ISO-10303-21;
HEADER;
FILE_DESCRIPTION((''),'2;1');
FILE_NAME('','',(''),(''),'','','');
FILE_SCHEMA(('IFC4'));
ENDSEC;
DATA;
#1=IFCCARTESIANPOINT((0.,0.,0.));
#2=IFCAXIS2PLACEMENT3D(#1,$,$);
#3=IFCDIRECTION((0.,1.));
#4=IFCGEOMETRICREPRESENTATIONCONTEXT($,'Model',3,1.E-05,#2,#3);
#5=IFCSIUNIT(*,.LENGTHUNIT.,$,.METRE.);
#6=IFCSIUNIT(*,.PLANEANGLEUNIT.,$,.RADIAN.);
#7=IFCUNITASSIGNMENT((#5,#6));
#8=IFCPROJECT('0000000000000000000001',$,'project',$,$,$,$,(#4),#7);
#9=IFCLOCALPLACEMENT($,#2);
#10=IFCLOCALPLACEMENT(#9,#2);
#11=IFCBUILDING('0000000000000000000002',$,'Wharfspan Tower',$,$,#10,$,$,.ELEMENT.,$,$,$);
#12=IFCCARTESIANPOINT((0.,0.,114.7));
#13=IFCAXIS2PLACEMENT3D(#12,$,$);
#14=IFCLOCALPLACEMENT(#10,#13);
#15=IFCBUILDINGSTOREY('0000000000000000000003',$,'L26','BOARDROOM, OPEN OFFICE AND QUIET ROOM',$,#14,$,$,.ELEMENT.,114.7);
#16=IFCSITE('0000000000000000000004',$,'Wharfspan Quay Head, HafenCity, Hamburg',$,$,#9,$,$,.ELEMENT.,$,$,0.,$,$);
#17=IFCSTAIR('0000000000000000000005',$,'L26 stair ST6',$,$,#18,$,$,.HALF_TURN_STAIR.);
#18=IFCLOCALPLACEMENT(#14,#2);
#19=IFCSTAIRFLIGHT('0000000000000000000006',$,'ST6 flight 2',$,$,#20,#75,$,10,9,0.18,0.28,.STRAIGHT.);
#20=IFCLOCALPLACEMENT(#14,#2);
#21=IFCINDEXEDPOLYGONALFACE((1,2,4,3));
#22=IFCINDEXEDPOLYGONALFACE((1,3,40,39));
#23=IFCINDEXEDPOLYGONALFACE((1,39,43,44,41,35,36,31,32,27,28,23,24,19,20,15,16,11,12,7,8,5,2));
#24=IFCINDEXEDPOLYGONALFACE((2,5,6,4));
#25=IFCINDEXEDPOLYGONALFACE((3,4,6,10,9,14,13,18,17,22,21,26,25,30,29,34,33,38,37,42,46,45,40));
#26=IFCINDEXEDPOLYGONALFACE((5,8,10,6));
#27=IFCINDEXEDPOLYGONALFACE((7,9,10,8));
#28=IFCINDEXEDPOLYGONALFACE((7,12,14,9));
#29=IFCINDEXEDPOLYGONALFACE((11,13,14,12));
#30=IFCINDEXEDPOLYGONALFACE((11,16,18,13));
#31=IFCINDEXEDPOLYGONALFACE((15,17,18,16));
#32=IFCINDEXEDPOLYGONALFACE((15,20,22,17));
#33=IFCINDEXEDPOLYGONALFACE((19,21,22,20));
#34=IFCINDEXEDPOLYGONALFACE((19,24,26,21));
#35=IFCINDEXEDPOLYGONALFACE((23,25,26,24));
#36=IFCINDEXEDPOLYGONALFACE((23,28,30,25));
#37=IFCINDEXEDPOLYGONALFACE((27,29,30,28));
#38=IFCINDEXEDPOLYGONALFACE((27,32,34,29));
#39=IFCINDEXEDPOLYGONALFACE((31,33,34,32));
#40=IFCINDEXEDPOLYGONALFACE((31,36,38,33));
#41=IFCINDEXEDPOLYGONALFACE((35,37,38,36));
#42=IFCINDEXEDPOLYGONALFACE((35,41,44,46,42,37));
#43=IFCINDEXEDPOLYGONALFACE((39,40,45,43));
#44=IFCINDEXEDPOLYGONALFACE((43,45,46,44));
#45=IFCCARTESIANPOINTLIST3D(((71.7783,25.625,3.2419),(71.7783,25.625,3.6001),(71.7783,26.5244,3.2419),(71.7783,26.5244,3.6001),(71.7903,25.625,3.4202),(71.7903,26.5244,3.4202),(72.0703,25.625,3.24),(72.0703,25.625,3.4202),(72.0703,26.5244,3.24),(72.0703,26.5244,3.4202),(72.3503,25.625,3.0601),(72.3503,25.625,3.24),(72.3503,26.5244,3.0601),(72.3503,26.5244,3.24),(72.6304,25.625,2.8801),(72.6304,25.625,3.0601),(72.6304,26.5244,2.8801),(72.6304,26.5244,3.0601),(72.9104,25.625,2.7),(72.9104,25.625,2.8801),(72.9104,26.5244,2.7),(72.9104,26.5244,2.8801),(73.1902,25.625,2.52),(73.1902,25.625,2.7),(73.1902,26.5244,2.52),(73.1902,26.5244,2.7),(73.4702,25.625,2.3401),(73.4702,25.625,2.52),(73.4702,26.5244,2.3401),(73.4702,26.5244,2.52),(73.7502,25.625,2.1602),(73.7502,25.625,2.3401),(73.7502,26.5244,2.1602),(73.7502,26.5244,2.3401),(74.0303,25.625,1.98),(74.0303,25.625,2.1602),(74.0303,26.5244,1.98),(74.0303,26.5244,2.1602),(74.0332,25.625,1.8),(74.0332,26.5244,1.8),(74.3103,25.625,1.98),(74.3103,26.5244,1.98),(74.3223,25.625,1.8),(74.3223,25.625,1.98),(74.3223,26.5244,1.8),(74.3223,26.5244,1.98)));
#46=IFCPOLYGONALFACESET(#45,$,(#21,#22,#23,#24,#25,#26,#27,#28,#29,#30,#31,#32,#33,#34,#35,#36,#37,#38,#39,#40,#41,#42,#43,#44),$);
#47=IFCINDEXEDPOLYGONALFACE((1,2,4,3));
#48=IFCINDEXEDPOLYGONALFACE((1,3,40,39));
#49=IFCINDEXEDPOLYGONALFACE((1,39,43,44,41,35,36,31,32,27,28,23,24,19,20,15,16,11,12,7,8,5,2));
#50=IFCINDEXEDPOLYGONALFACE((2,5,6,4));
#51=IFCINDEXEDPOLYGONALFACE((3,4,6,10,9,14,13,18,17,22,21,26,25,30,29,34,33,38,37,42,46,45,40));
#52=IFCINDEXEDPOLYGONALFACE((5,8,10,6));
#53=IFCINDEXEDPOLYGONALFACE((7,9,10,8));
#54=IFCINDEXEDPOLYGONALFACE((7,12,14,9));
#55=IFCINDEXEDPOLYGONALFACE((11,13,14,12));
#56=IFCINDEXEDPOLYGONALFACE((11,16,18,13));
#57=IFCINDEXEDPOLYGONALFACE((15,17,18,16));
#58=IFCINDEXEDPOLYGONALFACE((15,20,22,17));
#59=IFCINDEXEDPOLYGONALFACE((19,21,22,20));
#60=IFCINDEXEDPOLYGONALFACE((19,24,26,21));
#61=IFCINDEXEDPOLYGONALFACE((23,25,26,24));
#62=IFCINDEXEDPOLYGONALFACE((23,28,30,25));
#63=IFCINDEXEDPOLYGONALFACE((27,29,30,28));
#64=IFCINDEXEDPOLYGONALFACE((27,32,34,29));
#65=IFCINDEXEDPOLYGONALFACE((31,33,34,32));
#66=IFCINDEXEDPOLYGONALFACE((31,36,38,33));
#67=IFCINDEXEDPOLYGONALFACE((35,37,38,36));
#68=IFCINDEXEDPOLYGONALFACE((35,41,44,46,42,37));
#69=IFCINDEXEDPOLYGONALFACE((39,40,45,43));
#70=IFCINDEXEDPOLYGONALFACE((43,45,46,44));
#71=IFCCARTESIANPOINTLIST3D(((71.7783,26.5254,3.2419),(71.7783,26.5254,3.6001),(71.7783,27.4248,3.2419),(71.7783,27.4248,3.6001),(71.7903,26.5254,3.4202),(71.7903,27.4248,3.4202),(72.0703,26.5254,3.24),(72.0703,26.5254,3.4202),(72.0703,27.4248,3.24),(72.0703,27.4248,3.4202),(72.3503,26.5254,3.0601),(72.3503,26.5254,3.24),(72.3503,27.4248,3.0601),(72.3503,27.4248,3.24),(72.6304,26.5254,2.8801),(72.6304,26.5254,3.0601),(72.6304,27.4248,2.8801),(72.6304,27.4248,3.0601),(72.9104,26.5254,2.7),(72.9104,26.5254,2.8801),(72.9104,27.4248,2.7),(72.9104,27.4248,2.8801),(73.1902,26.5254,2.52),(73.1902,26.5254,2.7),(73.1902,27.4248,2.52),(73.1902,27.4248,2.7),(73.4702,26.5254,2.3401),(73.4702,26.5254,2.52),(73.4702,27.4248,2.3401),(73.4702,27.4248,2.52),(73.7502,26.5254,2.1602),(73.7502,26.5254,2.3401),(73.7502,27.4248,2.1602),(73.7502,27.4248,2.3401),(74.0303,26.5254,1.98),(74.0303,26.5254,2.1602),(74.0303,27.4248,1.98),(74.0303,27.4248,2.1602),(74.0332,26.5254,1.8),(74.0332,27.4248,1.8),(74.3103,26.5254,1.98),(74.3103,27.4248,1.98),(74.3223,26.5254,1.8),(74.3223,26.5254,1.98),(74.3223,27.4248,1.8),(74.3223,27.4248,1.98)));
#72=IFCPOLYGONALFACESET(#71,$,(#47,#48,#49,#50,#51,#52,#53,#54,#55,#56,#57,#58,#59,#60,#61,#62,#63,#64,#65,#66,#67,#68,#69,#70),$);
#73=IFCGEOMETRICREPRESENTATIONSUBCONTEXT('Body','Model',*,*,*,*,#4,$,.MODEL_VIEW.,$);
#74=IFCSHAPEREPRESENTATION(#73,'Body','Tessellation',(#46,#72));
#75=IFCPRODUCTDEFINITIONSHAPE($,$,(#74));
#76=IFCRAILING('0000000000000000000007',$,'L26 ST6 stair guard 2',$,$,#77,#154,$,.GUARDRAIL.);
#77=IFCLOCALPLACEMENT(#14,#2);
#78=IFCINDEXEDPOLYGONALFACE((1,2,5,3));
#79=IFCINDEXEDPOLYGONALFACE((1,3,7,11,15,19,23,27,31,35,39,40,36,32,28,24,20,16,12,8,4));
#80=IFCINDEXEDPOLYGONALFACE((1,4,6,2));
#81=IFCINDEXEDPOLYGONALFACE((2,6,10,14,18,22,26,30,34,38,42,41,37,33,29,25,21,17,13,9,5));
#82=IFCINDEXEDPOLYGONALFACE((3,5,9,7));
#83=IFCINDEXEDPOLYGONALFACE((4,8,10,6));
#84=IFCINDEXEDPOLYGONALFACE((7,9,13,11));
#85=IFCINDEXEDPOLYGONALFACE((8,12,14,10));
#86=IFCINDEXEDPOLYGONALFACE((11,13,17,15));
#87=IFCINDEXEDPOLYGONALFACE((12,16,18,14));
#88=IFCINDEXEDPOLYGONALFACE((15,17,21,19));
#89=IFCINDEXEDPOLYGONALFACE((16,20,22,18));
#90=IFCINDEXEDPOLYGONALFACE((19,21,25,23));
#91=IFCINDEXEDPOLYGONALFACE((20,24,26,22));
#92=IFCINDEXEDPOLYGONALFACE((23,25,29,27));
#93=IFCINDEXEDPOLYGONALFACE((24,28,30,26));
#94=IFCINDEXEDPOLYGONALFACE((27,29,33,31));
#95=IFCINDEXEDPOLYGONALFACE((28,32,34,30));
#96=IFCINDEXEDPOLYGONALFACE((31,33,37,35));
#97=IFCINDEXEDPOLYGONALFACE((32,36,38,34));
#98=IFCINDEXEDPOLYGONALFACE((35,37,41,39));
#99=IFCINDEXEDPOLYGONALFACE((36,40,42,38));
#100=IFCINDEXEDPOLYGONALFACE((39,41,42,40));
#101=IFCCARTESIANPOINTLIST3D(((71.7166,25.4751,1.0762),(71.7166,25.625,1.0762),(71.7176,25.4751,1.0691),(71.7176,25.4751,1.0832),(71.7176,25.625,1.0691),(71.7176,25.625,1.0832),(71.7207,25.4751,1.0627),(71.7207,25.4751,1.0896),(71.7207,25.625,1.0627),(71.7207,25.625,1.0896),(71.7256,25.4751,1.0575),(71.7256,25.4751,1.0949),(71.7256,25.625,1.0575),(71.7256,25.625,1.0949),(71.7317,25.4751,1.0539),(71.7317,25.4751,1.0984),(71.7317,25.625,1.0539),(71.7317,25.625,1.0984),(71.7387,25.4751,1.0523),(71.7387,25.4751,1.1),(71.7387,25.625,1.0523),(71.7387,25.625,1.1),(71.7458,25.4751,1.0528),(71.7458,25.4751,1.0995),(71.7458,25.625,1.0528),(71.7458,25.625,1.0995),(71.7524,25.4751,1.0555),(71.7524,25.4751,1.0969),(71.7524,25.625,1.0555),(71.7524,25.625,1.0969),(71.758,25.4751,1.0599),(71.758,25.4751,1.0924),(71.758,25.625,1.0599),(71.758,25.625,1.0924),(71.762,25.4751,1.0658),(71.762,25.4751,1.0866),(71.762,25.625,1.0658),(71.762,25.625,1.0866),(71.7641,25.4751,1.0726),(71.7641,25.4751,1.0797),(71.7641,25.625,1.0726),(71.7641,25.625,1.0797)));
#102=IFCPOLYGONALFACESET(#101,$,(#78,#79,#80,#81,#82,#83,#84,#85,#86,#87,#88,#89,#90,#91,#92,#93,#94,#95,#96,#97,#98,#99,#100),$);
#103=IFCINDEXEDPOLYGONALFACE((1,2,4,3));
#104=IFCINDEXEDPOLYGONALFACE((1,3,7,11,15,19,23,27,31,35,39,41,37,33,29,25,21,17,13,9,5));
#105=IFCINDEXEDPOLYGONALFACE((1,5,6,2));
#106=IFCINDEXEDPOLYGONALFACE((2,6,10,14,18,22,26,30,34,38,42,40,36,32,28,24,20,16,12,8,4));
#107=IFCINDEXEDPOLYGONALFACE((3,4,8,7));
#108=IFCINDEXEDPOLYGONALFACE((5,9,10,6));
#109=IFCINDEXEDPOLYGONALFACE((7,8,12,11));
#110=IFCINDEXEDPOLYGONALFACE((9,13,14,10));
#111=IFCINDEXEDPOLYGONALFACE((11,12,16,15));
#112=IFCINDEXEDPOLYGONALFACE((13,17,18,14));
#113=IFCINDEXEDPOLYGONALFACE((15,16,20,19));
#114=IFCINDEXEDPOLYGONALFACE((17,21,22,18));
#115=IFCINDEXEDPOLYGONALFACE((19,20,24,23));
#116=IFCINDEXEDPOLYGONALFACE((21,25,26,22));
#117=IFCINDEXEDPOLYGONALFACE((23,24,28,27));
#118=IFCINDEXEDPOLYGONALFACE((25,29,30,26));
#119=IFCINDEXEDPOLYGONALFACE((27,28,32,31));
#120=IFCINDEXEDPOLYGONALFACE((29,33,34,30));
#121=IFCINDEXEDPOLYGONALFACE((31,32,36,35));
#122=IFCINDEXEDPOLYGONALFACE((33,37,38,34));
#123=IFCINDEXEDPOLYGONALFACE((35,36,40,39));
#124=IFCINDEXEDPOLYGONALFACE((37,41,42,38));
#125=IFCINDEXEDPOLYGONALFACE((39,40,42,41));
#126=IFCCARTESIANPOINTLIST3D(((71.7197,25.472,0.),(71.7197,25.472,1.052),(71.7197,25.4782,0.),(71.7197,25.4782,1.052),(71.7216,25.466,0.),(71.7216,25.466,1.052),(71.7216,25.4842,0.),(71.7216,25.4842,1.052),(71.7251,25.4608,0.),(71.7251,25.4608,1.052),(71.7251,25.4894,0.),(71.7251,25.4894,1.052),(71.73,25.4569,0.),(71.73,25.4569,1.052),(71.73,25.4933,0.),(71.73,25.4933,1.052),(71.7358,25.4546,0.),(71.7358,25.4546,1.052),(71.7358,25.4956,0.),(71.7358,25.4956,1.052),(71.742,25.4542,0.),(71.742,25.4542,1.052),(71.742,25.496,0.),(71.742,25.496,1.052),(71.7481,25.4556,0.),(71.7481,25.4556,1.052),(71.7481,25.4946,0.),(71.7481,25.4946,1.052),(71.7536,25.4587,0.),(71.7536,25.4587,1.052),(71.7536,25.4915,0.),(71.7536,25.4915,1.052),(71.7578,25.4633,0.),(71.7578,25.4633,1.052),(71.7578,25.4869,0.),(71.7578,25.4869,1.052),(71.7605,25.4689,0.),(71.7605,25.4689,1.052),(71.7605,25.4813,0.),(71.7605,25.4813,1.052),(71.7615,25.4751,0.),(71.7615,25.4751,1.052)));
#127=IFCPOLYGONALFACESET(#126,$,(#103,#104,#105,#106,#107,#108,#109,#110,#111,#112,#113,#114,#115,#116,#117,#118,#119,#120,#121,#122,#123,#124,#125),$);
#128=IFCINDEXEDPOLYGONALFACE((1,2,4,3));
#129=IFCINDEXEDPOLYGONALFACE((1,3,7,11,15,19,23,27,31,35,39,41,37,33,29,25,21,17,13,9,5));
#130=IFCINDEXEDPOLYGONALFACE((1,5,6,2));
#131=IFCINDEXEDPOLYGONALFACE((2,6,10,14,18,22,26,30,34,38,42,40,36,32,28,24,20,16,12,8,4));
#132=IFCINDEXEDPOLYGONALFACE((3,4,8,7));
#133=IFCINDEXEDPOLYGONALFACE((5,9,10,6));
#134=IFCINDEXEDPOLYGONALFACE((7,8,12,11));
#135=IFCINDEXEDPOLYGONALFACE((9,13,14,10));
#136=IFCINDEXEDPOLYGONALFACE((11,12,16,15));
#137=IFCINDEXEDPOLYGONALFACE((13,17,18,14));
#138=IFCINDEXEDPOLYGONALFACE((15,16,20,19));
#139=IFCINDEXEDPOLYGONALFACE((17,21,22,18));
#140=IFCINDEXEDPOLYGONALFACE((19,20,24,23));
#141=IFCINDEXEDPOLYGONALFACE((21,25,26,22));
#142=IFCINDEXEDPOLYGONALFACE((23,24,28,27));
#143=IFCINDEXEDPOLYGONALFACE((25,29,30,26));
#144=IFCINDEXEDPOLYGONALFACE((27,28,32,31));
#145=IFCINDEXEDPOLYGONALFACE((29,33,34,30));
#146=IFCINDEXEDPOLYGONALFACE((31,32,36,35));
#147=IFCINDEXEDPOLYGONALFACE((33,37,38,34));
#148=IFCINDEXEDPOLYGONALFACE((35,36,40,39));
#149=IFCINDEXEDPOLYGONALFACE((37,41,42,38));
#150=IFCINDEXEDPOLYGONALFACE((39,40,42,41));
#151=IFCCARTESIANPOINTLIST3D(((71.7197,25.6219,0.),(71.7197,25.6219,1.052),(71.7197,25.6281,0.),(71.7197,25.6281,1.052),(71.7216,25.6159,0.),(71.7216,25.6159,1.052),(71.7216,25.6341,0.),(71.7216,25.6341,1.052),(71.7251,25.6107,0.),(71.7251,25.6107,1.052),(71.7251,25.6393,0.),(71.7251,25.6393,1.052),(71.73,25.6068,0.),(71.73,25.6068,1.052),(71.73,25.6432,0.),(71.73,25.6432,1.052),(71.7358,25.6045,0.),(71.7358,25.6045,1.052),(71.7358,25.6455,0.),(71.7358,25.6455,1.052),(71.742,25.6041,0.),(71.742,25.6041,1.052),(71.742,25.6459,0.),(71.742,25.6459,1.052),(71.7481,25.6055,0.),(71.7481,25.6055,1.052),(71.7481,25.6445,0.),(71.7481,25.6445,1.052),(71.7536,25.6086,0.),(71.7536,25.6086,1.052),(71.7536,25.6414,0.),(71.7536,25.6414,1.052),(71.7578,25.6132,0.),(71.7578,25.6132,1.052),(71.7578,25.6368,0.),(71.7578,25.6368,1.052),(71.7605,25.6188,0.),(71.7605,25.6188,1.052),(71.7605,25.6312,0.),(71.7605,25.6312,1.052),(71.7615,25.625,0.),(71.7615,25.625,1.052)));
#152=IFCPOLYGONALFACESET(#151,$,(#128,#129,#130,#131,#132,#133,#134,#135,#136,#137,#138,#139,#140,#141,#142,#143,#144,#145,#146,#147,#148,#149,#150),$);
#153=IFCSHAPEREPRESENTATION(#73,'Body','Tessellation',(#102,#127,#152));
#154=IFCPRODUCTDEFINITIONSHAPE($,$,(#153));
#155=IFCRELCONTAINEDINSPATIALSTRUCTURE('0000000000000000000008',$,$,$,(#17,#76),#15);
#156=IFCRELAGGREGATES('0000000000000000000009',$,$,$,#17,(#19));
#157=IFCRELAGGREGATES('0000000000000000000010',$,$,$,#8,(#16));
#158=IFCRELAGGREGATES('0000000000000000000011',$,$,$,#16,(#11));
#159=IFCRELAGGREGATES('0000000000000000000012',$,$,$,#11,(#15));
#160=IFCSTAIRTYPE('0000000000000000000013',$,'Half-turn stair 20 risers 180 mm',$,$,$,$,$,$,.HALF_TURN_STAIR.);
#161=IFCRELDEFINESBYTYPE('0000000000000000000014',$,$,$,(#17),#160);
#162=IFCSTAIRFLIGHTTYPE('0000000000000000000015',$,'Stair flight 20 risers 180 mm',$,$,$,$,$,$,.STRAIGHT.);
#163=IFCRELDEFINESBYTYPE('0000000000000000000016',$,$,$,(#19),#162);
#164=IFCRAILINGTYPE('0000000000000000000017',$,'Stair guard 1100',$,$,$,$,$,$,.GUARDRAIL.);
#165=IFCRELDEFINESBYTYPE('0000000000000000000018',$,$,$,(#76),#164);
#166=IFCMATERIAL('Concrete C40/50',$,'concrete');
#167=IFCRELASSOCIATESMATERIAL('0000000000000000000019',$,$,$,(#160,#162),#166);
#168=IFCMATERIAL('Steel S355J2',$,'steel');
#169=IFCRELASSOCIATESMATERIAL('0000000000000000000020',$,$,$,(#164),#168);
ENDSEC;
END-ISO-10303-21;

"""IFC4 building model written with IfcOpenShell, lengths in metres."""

from ifc_helpers import new_model, si_unit, direction, frame, origin, origin_2d, place, context, subcontext, project, spatial, polyline, circle, outline, extrude, material, type_object, element, aggregate, save


model = new_model("IFC4")

# Units and contexts
model_context = context("Model", 3, precision=1e-05, world=origin(), true_north=direction((0.0, 1.0)))
body_context = subcontext(model_context, "Body", "Model", "MODEL_VIEW")
ifc_project = project(units=[si_unit("LENGTHUNIT", "METRE"), si_unit("PLANEANGLEUNIT", "RADIAN")], contexts=[model_context])

# Site, building, storey
site_placement = place(None, origin())
site = spatial("IfcSite", under=ifc_project, at=site_placement, Name="Wharfspan Quay Head, HafenCity, Hamburg", CompositionType="ELEMENT", RefElevation=0.0)
building_placement = place(site_placement, origin())
building = spatial("IfcBuilding", under=site, at=building_placement, Name="Wharfspan Tower", CompositionType="ELEMENT")
storey_placement = place(building_placement, frame((0.0, 0.0, 114.7)))
storey = spatial("IfcBuildingStorey", under=building, at=storey_placement, Name="L26", Description="BOARDROOM, OPEN OFFICE AND QUIET ROOM", CompositionType="ELEMENT", Elevation=114.7)

# Shared definitions
ifc_material_1 = material(Name="Steel S355J2", Category="steel")

# Shared definitions
ifc_material_2 = material(Name="Concrete C40/50", Category="concrete")

# Stair, stair flight
stair_type = type_object("IfcStairType", Name="Half-turn stair 20 risers 180 mm", PredefinedType="HALF_TURN_STAIR", material=ifc_material_2)
stair_placement = place(storey_placement, origin())
stair = element("IfcStair", 1, at=stair_placement, inside=storey, type_object=stair_type, Name="L26 stair ST6", PredefinedType="HALF_TURN_STAIR")
stair_flight_type = type_object("IfcStairFlightType", Name="Stair flight 20 risers 180 mm", PredefinedType="STRAIGHT", material=ifc_material_2)
stair_flight_1_placement = place(storey_placement, frame((74.3103, 26.5249, 1.8), z_axis=(0.0, 0.0, 1.0), x_axis=(-1.0, 0.0, 0.0)))
stair_flight_1 = element("IfcStairFlight", 2, at=stair_flight_1_placement, type_object=stair_flight_type, Name="ST6 flight 2", NumberOfRisers=10, NumberOfTreads=9, PredefinedType="STRAIGHT", RiserHeight=0.18, TreadLength=0.28, context=body_context, shape_type="SweptSolid", body=[
    extrude(outline(polyline([(-0.012, 0.0), (-0.012, 0.1799), (0.0, 0.1799), (0.28, 0.1799), (0.28, 0.3601), (0.5601, 0.3601), (0.5601, 0.54), (0.8401, 0.54), (0.8401, 0.72), (1.1201, 0.72), (1.1201, 0.8999), (1.3999, 0.8999), (1.3999, 1.0801), (1.6799, 1.0801), (1.6799, 1.26), (1.96, 1.26), (1.96, 1.4399), (2.24, 1.4399), (2.24, 1.6201), (2.52, 1.6201), (2.532, 1.8), (2.532, 1.4419), (0.2771, 0.0), (-0.012, 0.0)])), frame((0.0, 0.8999, 0.0), z_axis=(0.0, -1.0, 0.0), x_axis=(1.0, 0.0, 0.0)), (0.0, 0.0, 1.0), 0.8994),
    extrude(outline(polyline([(-0.012, 0.0), (-0.012, 0.1799), (0.0, 0.1799), (0.28, 0.1799), (0.28, 0.3601), (0.5601, 0.3601), (0.5601, 0.54), (0.8401, 0.54), (0.8401, 0.72), (1.1201, 0.72), (1.1201, 0.8999), (1.3999, 0.8999), (1.3999, 1.0801), (1.6799, 1.0801), (1.6799, 1.26), (1.96, 1.26), (1.96, 1.4399), (2.24, 1.4399), (2.24, 1.6201), (2.52, 1.6201), (2.532, 1.8), (2.532, 1.4419), (0.2771, 0.0), (-0.012, 0.0)])), frame((0.0, -0.0005, 0.0), z_axis=(0.0, -1.0, 0.0), x_axis=(1.0, 0.0, 0.0)), (0.0, 0.0, 1.0), 0.8994),
])
aggregate(stair, [stair_flight_1])

# Railing
railing_type_1 = type_object("IfcRailingType", Name="Stair guard 1100", PredefinedType="GUARDRAIL", material=ifc_material_1)
railing_1_placement = place(storey_placement, frame((71.7405, 25.4751, 0.0)))
element("IfcRailing", 3, at=railing_1_placement, inside=storey, type_object=railing_type_1, Name="L26 ST6 stair guard 2", PredefinedType="GUARDRAIL", context=body_context, shape_type="SweptSolid", body=[
    extrude(circle(Radius=0.0239, at=origin_2d()), frame((0.0, 0.0, 1.0762), z_axis=(0.0, 1.0, 0.0), x_axis=(-1.0, 0.0, 0.0)), (0.0, 0.0, 1.0), 0.1499),
    extrude(circle(Radius=0.021, at=origin_2d()), origin(), (0.0, 0.0, 1.0), 1.052),
    extrude(circle(Radius=0.021, at=origin_2d()), frame((0.0, 0.1499, 0.0)), (0.0, 0.0, 1.0), 1.052),
])

save(model, "model.ifc")
